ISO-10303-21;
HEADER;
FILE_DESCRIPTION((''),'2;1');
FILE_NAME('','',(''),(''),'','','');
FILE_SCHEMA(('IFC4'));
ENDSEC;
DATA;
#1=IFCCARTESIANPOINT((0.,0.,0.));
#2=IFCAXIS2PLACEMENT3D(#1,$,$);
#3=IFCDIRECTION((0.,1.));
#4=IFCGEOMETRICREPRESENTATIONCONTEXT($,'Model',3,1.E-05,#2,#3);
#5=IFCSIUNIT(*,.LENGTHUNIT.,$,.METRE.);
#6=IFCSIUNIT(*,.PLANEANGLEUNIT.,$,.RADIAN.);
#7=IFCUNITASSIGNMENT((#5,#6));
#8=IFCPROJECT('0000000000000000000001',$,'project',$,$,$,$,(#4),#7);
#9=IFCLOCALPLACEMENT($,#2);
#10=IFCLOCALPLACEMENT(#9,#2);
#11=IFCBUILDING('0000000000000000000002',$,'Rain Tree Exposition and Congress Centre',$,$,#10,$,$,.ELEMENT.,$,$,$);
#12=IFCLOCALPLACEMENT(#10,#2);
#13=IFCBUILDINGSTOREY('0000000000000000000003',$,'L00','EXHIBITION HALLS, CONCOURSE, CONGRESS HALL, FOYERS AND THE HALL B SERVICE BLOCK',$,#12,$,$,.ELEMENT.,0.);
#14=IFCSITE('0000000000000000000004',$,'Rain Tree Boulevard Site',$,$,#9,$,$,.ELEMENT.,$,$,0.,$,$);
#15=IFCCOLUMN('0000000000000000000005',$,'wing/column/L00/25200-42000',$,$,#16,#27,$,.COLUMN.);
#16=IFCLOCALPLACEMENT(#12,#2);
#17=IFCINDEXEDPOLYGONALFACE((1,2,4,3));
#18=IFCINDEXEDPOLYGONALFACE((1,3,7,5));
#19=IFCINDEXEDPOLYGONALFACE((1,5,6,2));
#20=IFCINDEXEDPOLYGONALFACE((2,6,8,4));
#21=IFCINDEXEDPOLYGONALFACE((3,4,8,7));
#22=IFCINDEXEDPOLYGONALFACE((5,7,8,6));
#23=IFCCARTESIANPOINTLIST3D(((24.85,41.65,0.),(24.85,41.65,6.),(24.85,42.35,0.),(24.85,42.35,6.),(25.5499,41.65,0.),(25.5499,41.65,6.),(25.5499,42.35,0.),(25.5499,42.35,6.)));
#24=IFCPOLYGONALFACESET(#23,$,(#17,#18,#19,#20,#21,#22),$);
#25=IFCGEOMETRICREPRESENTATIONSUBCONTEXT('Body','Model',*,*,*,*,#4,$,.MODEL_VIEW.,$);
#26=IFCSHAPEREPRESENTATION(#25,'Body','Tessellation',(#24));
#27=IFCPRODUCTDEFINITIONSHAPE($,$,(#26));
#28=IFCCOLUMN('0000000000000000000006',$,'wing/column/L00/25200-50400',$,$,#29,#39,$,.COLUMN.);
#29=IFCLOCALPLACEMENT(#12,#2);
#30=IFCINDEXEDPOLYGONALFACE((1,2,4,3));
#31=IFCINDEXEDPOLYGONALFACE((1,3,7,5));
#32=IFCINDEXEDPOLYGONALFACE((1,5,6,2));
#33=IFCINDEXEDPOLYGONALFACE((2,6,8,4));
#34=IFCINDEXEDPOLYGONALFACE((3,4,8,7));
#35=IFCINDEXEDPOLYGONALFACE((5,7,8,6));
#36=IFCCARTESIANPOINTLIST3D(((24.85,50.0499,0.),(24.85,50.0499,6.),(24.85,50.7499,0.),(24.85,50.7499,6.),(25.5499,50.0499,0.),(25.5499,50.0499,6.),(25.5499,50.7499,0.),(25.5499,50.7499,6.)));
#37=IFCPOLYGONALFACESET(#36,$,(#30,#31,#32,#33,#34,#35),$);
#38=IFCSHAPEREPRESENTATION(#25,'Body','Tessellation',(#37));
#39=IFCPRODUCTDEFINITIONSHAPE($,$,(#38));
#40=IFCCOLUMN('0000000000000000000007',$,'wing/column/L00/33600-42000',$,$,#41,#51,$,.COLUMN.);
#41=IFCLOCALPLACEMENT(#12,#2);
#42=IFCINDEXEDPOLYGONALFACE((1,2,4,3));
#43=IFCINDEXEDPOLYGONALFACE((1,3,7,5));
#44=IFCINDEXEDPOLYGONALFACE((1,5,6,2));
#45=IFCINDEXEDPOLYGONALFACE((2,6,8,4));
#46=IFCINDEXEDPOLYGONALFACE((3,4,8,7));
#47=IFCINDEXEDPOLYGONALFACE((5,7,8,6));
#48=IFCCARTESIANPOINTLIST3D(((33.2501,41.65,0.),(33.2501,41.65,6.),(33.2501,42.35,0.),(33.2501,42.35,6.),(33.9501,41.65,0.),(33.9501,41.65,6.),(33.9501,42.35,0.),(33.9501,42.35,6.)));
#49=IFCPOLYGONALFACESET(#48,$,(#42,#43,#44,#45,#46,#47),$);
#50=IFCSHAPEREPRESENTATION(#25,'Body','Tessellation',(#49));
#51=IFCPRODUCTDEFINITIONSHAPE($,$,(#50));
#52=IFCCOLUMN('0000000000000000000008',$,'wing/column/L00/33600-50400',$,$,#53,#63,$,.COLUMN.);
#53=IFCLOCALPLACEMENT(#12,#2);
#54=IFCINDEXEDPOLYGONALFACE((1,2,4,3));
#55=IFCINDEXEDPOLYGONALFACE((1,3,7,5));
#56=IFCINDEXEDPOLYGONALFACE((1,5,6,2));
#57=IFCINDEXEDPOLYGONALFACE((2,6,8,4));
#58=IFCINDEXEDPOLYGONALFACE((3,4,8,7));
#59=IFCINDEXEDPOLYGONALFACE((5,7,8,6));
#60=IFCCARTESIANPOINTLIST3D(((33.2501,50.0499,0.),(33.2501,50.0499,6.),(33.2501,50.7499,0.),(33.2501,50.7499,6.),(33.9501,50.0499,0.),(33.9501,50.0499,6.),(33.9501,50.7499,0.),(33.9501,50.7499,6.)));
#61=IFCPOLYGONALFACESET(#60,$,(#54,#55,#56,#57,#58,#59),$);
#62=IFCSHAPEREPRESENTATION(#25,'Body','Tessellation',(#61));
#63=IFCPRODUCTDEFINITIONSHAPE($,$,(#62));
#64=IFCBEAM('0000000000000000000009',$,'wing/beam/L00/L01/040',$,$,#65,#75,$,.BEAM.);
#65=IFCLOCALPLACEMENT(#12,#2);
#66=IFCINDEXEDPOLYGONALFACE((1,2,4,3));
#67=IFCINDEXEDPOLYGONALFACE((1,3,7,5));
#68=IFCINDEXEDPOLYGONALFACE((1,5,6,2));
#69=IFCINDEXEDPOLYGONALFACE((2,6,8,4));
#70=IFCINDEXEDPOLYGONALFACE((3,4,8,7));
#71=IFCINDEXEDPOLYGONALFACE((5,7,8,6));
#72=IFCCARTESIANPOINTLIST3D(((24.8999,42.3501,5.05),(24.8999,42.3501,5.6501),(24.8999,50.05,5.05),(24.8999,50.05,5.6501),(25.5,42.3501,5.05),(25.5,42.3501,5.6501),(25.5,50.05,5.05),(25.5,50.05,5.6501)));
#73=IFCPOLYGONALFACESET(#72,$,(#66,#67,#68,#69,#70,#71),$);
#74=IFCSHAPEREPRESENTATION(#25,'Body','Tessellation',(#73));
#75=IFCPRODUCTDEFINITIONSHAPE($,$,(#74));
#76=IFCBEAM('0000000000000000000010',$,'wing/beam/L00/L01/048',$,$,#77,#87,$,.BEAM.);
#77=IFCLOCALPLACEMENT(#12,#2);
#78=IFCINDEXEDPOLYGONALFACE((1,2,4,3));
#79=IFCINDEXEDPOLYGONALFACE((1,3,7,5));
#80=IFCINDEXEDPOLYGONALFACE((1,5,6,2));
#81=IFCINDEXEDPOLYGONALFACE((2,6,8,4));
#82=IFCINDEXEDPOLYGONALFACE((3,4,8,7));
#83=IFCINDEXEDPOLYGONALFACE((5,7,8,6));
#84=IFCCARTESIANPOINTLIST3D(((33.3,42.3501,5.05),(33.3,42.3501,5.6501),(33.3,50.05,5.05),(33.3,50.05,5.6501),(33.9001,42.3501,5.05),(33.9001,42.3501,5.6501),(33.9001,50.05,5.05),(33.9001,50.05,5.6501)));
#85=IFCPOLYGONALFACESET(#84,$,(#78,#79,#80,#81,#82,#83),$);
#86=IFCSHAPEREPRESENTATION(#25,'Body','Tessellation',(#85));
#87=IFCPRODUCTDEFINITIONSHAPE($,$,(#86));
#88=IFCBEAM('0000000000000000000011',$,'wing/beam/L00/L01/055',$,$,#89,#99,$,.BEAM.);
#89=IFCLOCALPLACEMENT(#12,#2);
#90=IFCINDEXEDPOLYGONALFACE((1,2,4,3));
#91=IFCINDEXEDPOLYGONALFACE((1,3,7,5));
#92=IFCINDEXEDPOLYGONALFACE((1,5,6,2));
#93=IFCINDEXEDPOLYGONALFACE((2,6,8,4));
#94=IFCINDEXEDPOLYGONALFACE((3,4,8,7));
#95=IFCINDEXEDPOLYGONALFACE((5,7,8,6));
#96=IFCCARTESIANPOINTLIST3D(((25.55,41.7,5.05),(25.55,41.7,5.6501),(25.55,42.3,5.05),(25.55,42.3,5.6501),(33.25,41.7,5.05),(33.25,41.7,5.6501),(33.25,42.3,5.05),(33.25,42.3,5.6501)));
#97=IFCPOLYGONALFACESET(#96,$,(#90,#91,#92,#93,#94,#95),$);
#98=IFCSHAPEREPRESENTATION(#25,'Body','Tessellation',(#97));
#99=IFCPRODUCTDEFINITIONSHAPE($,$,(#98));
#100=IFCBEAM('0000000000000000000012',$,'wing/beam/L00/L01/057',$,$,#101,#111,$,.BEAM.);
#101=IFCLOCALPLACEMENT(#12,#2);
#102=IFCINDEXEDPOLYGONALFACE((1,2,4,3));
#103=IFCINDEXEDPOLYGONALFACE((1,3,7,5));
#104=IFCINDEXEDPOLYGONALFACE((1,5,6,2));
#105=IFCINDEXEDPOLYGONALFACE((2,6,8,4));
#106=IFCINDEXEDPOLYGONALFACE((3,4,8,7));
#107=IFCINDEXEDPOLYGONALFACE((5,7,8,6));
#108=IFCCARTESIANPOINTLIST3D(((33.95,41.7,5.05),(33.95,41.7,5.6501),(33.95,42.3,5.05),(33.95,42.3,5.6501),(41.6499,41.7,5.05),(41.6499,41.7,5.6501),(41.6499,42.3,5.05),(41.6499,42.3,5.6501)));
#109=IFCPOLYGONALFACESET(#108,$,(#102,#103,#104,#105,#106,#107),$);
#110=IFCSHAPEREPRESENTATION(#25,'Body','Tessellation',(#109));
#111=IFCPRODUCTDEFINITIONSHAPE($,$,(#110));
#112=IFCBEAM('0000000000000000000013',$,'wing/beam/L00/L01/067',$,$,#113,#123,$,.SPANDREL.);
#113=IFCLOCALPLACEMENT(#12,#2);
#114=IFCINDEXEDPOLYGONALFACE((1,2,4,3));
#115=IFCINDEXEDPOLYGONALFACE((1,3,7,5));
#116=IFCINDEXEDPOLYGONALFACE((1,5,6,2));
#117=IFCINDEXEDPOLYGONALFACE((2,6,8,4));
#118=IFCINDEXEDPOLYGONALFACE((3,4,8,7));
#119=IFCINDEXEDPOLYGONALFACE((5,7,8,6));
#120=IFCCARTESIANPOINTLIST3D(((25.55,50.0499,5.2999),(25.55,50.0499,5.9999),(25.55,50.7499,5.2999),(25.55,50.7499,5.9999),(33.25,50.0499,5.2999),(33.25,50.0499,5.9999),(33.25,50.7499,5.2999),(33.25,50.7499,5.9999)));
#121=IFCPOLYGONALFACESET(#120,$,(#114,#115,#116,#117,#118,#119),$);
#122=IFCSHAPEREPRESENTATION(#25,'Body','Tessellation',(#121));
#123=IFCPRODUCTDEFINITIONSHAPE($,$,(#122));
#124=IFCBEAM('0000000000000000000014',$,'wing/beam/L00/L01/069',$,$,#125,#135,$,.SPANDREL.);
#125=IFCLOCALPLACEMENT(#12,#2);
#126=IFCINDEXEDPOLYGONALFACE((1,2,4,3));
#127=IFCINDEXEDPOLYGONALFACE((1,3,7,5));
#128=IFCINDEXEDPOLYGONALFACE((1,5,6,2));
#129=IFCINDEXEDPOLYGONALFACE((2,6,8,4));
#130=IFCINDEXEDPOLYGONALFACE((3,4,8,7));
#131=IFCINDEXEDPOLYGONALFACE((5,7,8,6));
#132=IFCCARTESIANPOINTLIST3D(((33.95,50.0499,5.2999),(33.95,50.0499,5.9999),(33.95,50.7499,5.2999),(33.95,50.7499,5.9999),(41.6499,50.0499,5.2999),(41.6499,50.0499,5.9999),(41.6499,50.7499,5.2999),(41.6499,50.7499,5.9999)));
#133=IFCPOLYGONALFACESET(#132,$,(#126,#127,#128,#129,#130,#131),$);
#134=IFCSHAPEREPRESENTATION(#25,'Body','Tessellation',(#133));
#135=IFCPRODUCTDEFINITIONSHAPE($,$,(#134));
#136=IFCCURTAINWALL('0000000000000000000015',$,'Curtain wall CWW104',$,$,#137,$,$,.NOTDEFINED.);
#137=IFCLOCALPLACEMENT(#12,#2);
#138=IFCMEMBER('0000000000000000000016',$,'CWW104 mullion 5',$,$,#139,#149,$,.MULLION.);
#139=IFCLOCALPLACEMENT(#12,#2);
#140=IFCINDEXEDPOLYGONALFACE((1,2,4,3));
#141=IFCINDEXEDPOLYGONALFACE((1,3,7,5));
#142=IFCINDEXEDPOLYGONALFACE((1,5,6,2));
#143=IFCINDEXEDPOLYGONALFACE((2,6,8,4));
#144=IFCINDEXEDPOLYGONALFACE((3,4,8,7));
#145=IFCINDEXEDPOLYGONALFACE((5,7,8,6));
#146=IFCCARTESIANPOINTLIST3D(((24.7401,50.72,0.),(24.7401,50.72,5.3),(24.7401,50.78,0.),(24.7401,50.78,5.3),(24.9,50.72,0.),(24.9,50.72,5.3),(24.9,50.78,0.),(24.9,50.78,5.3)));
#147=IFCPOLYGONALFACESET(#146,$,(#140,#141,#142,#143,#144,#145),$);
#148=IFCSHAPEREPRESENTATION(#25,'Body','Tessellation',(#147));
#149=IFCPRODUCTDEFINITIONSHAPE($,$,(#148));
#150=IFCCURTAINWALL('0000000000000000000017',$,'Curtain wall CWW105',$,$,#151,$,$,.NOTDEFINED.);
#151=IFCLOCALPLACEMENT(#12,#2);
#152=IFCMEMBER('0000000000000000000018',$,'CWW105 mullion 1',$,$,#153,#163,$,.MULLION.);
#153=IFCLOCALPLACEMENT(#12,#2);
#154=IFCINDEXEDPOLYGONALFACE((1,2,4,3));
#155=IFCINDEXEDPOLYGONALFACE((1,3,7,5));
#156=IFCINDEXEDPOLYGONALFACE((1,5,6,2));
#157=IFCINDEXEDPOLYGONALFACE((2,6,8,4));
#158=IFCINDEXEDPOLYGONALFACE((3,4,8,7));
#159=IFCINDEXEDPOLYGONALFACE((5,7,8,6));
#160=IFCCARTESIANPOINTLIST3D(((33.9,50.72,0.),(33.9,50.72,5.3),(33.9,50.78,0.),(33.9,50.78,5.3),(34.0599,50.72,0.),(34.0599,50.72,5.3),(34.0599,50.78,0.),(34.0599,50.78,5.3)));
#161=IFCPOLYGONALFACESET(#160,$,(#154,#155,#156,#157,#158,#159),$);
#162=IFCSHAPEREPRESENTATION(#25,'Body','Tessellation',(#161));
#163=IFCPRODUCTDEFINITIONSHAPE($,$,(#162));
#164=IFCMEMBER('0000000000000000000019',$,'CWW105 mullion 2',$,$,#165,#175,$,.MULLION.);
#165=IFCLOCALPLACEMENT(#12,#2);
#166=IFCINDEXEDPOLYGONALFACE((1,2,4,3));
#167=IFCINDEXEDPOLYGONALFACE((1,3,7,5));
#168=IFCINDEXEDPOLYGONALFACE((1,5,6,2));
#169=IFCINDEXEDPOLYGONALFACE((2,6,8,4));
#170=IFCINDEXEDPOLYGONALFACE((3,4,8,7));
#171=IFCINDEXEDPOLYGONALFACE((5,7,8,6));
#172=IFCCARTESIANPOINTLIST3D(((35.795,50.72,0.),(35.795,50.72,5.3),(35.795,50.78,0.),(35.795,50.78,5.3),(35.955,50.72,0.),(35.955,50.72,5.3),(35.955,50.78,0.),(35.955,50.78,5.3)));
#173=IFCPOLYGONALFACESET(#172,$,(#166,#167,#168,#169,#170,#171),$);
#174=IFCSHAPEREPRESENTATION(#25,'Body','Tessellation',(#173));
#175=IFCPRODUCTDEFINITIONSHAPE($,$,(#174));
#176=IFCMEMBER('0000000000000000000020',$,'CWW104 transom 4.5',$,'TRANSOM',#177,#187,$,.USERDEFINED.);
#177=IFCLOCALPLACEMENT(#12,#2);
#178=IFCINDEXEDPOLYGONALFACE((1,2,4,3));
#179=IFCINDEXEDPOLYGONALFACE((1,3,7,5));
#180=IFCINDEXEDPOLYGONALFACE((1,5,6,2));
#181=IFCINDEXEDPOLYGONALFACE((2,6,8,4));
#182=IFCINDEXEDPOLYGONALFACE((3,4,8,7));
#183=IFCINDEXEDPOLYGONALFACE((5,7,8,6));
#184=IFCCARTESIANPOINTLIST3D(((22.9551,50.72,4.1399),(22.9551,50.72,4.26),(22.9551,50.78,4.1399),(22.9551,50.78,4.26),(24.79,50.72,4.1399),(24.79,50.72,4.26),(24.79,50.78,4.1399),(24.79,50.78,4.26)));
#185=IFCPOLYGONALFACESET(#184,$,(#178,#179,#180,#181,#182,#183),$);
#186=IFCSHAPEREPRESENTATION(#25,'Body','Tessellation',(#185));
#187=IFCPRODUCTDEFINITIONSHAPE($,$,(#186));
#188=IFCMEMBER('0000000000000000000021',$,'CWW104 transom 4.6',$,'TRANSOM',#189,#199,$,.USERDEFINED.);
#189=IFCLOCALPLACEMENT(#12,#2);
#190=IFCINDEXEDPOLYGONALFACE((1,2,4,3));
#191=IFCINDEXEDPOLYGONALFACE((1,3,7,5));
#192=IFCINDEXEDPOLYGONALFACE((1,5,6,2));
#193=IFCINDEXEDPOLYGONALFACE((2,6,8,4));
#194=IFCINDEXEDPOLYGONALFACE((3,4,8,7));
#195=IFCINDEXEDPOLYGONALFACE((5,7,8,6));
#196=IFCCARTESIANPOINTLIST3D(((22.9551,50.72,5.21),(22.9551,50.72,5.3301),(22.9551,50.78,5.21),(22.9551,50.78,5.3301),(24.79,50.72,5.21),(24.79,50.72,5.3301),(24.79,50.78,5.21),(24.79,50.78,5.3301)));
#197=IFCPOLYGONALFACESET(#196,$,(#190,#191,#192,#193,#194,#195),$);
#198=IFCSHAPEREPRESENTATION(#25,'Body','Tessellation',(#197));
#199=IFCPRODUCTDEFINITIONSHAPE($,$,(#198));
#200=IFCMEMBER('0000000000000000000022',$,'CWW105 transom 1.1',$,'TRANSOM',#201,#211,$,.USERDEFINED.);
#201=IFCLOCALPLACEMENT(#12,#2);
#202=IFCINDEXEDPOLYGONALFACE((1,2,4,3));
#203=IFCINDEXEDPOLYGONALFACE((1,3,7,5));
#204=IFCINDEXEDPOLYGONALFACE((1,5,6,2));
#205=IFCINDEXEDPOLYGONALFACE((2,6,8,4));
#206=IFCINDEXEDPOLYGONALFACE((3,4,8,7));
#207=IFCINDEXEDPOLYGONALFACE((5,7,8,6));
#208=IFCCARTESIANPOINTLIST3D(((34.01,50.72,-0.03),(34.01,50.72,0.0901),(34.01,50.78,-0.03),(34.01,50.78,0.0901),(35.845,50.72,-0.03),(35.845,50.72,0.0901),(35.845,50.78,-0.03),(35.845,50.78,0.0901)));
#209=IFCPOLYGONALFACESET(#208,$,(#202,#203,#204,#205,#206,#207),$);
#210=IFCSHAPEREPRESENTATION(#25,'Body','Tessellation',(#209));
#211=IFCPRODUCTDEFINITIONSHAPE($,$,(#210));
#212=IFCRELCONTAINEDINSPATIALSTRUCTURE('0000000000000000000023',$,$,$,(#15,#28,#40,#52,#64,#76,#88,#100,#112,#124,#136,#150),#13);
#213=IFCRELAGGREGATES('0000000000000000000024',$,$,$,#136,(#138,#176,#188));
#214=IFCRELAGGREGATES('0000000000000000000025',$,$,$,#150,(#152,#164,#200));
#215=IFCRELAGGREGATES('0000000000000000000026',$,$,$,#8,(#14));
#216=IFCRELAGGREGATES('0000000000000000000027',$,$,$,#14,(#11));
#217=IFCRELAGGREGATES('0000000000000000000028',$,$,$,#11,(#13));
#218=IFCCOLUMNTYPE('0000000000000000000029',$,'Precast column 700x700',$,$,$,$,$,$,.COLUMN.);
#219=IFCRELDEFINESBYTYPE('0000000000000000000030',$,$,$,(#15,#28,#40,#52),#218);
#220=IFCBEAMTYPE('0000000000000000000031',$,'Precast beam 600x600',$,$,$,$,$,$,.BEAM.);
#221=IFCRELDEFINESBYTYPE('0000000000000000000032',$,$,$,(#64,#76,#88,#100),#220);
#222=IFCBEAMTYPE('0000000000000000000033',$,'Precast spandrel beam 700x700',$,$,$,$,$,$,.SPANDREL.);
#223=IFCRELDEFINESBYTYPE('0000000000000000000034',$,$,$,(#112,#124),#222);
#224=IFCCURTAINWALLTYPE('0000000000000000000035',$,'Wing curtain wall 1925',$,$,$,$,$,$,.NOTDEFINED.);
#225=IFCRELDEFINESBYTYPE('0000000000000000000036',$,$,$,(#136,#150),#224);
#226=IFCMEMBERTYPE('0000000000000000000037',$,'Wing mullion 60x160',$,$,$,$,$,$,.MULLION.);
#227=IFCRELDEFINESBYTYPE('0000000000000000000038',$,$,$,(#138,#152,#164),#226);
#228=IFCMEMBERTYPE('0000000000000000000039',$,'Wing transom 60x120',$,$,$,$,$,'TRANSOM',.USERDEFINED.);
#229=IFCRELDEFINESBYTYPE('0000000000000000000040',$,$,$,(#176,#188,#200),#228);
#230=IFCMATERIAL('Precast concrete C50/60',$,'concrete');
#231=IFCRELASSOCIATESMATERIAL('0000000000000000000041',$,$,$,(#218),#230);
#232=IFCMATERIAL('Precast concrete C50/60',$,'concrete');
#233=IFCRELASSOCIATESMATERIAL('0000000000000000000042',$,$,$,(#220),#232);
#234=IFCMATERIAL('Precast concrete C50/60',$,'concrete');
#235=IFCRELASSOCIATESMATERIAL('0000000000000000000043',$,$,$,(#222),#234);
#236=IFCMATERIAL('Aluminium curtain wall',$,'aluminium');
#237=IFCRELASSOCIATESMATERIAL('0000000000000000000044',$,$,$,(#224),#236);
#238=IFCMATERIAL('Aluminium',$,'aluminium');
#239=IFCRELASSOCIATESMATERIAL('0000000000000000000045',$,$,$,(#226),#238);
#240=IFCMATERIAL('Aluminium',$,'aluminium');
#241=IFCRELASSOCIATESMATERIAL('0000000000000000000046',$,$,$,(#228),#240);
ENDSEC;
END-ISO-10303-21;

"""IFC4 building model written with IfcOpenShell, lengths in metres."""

from ifc_helpers import new_model, si_unit, direction, frame, origin, origin_2d, place, context, subcontext, project, spatial, rectangle, extrude, material, material_profile, profile_set, type_object, element, aggregate, save


model = new_model("IFC4")

# Units and contexts
model_context = context("Model", 3, precision=1e-05, world=origin(), true_north=direction((0.0, 1.0)))
body_context = subcontext(model_context, "Body", "Model", "MODEL_VIEW")
ifc_project = project(units=[si_unit("LENGTHUNIT", "METRE"), si_unit("PLANEANGLEUNIT", "RADIAN")], contexts=[model_context])

# Site, building, storey
site_placement = place(None, origin())
site = spatial("IfcSite", under=ifc_project, at=site_placement, Name="Rain Tree Boulevard Site", CompositionType="ELEMENT", RefElevation=0.0)
building_placement = place(site_placement, origin())
building = spatial("IfcBuilding", under=site, at=building_placement, Name="Rain Tree Exposition and Congress Centre", CompositionType="ELEMENT")
storey_placement = place(building_placement, origin())
storey = spatial("IfcBuildingStorey", under=building, at=storey_placement, Name="L00", Description="EXHIBITION HALLS, CONCOURSE, CONGRESS HALL, FOYERS AND THE HALL B SERVICE BLOCK", CompositionType="ELEMENT", Elevation=0.0)

# Columns
ifc_material_1 = material(Name="Precast concrete C50/60", Category="concrete")
ifc_material_profile_1 = material_profile(ifc_material_1, rectangle(XDim=0.7, YDim=0.7, at=origin_2d()), Name="RC 700x700")
ifc_profile_set_1 = profile_set([ifc_material_profile_1], Name="Precast concrete C50/60")
column_type = type_object("IfcColumnType", Name="Precast column 700x700", PredefinedType="COLUMN", material=ifc_profile_set_1)
for number, where, z_axis, x_axis, name in (
    (1, (25.2, 42.0, 0.0), (0.0, 0.0, 1.0), (1.0, 0.0, 0.0), "wing/column/L00/25200-42000"),
    (2, (25.2, 50.3999, 0.0), (0.0, 0.0, 1.0), (1.0, 0.0, 0.0), "wing/column/L00/25200-50400"),
    (3, (33.6001, 42.0, 0.0), (0.0, 0.0, 1.0), (1.0, 0.0, 0.0), "wing/column/L00/33600-42000"),
    (4, (33.6001, 50.3999, 0.0), (0.0, 0.0, 1.0), (1.0, 0.0, 0.0), "wing/column/L00/33600-50400"),
):
    element("IfcColumn", number, at=place(storey_placement, frame(where, z_axis=z_axis, x_axis=x_axis)), inside=storey, type_object=column_type, Name=name, PredefinedType="COLUMN", context=body_context, shape_type="SweptSolid", body=[
        extrude(rectangle(XDim=0.7, YDim=0.7, at=origin_2d()), origin(), (0.0, 0.0, 1.0), 6.0),
    ])

# Beams
ifc_material_2 = material(Name="Precast concrete C50/60", Category="concrete")
ifc_material_profile_2 = material_profile(ifc_material_2, rectangle(XDim=0.6001, YDim=0.6001, at=origin_2d()), Name="RC 600x600")
ifc_profile_set_2 = profile_set([ifc_material_profile_2], Name="Precast concrete C50/60")
beam_type_1 = type_object("IfcBeamType", Name="Precast beam 600x600", PredefinedType="BEAM", material=ifc_profile_set_2)
for number, where, z_axis, x_axis, name in (
    (5, (25.2, 42.3501, 5.3501), (0.0, 1.0, 0.0), (-1.0, 0.0, 0.0), "wing/beam/L00/L01/040"),
    (6, (33.6001, 42.3501, 5.3501), (0.0, 1.0, 0.0), (-1.0, 0.0, 0.0), "wing/beam/L00/L01/048"),
    (7, (25.55, 42.0, 5.3501), (1.0, 0.0, 0.0), (0.0, 1.0, 0.0), "wing/beam/L00/L01/055"),
    (8, (33.95, 42.0, 5.3501), (1.0, 0.0, 0.0), (0.0, 1.0, 0.0), "wing/beam/L00/L01/057"),
):
    element("IfcBeam", number, at=place(storey_placement, frame(where, z_axis=z_axis, x_axis=x_axis)), inside=storey, type_object=beam_type_1, Name=name, PredefinedType="BEAM", context=body_context, shape_type="SweptSolid", body=[
        extrude(rectangle(XDim=0.6001, YDim=0.6001, at=origin_2d()), origin(), (0.0, 0.0, 1.0), 7.7),
    ])
ifc_material_3 = material(Name="Precast concrete C50/60", Category="concrete")
ifc_material_profile_3 = material_profile(ifc_material_3, rectangle(XDim=0.7, YDim=0.7, at=origin_2d()), Name="RC 700x700")
ifc_profile_set_3 = profile_set([ifc_material_profile_3], Name="Precast concrete C50/60")
beam_type_2 = type_object("IfcBeamType", Name="Precast spandrel beam 700x700", PredefinedType="SPANDREL", material=ifc_profile_set_3)
for number, where, z_axis, x_axis, name in (
    (9, (25.55, 50.3999, 5.6499), (1.0, 0.0, 0.0), (0.0, 1.0, 0.0), "wing/beam/L00/L01/067"),
    (10, (33.95, 50.3999, 5.6499), (1.0, 0.0, 0.0), (0.0, 1.0, 0.0), "wing/beam/L00/L01/069"),
):
    element("IfcBeam", number, at=place(storey_placement, frame(where, z_axis=z_axis, x_axis=x_axis)), inside=storey, type_object=beam_type_2, Name=name, PredefinedType="SPANDREL", context=body_context, shape_type="SweptSolid", body=[
        extrude(rectangle(XDim=0.7, YDim=0.7, at=origin_2d()), origin(), (0.0, 0.0, 1.0), 7.7),
    ])

# Curtain wall, member
ifc_material_4 = material(Name="Aluminium curtain wall", Category="aluminium")
curtain_wall_type = type_object("IfcCurtainWallType", Name="Wing curtain wall 1925", PredefinedType="NOTDEFINED", material=ifc_material_4)
curtain_wall_1_placement = place(storey_placement, origin())
curtain_wall_1 = element("IfcCurtainWall", 11, at=curtain_wall_1_placement, inside=storey, type_object=curtain_wall_type, Name="Curtain wall CWW104", PredefinedType="NOTDEFINED")
ifc_material_5 = material(Name="Aluminium", Category="aluminium")
ifc_material_profile_4 = material_profile(ifc_material_5, rectangle(XDim=0.0601, YDim=0.1599, at=origin_2d()), Name="Aluminium 60x160")
ifc_profile_set_4 = profile_set([ifc_material_profile_4], Name="Aluminium")
member_type_1 = type_object("IfcMemberType", Name="Wing mullion 60x160", PredefinedType="MULLION", material=ifc_profile_set_4)
member_1_placement = place(storey_placement, frame((24.8201, 50.75, 0.0), z_axis=(0.0, 0.0, 1.0), x_axis=(0.0, 1.0, 0.0)))
member_1 = element("IfcMember", 12, at=member_1_placement, type_object=member_type_1, Name="CWW104 mullion 5", PredefinedType="MULLION", context=body_context, shape_type="SweptSolid", body=[
    extrude(rectangle(XDim=0.0601, YDim=0.1599, at=origin_2d()), origin(), (0.0, 0.0, 1.0), 5.3),
])

# Curtain wall, members
curtain_wall_2_placement = place(storey_placement, origin())
curtain_wall_2 = element("IfcCurtainWall", 13, at=curtain_wall_2_placement, inside=storey, type_object=curtain_wall_type, Name="Curtain wall CWW105", PredefinedType="NOTDEFINED")
member_2_placement = place(storey_placement, frame((33.98, 50.75, 0.0), z_axis=(0.0, 0.0, 1.0), x_axis=(0.0, 1.0, 0.0)))
member_2 = element("IfcMember", 14, at=member_2_placement, type_object=member_type_1, Name="CWW105 mullion 1", PredefinedType="MULLION", context=body_context, shape_type="SweptSolid", body=[
    extrude(rectangle(XDim=0.0601, YDim=0.1599, at=origin_2d()), origin(), (0.0, 0.0, 1.0), 5.3),
])
member_3_placement = place(storey_placement, frame((35.875, 50.75, 0.0), z_axis=(0.0, 0.0, 1.0), x_axis=(0.0, 1.0, 0.0)))
member_3 = element("IfcMember", 15, at=member_3_placement, type_object=member_type_1, Name="CWW105 mullion 2", PredefinedType="MULLION", context=body_context, shape_type="SweptSolid", body=[
    extrude(rectangle(XDim=0.0601, YDim=0.1599, at=origin_2d()), origin(), (0.0, 0.0, 1.0), 5.3),
])

# Members
ifc_material_6 = material(Name="Aluminium", Category="aluminium")
ifc_material_profile_5 = material_profile(ifc_material_6, rectangle(XDim=0.0601, YDim=0.1201, at=origin_2d()), Name="Aluminium 60x120")
ifc_profile_set_5 = profile_set([ifc_material_profile_5], Name="Aluminium")
member_type_2 = type_object("IfcMemberType", Name="Wing transom 60x120", ElementType="TRANSOM", PredefinedType="USERDEFINED", material=ifc_profile_set_5)
member_4_placement = place(storey_placement, frame((22.9551, 50.75, 4.2), z_axis=(1.0, 0.0, 0.0), x_axis=(0.0, 1.0, 0.0)))
member_4 = element("IfcMember", 16, at=member_4_placement, type_object=member_type_2, Name="CWW104 transom 4.5", ObjectType="TRANSOM", PredefinedType="USERDEFINED", context=body_context, shape_type="SweptSolid", body=[
    extrude(rectangle(XDim=0.0601, YDim=0.1201, at=origin_2d()), origin(), (0.0, 0.0, 1.0), 1.835),
])
member_5_placement = place(storey_placement, frame((22.9551, 50.75, 5.27), z_axis=(1.0, 0.0, 0.0), x_axis=(0.0, 1.0, 0.0)))
member_5 = element("IfcMember", 17, at=member_5_placement, type_object=member_type_2, Name="CWW104 transom 4.6", ObjectType="TRANSOM", PredefinedType="USERDEFINED", context=body_context, shape_type="SweptSolid", body=[
    extrude(rectangle(XDim=0.0601, YDim=0.1201, at=origin_2d()), origin(), (0.0, 0.0, 1.0), 1.835),
])
member_6_placement = place(storey_placement, frame((34.01, 50.75, 0.03), z_axis=(1.0, 0.0, 0.0), x_axis=(0.0, 1.0, 0.0)))
member_6 = element("IfcMember", 18, at=member_6_placement, type_object=member_type_2, Name="CWW105 transom 1.1", ObjectType="TRANSOM", PredefinedType="USERDEFINED", context=body_context, shape_type="SweptSolid", body=[
    extrude(rectangle(XDim=0.0601, YDim=0.1201, at=origin_2d()), origin(), (0.0, 0.0, 1.0), 1.835),
])

aggregate(curtain_wall_1, [member_1, member_4, member_5])
aggregate(curtain_wall_2, [member_2, member_3, member_6])

save(model, "model.ifc")
